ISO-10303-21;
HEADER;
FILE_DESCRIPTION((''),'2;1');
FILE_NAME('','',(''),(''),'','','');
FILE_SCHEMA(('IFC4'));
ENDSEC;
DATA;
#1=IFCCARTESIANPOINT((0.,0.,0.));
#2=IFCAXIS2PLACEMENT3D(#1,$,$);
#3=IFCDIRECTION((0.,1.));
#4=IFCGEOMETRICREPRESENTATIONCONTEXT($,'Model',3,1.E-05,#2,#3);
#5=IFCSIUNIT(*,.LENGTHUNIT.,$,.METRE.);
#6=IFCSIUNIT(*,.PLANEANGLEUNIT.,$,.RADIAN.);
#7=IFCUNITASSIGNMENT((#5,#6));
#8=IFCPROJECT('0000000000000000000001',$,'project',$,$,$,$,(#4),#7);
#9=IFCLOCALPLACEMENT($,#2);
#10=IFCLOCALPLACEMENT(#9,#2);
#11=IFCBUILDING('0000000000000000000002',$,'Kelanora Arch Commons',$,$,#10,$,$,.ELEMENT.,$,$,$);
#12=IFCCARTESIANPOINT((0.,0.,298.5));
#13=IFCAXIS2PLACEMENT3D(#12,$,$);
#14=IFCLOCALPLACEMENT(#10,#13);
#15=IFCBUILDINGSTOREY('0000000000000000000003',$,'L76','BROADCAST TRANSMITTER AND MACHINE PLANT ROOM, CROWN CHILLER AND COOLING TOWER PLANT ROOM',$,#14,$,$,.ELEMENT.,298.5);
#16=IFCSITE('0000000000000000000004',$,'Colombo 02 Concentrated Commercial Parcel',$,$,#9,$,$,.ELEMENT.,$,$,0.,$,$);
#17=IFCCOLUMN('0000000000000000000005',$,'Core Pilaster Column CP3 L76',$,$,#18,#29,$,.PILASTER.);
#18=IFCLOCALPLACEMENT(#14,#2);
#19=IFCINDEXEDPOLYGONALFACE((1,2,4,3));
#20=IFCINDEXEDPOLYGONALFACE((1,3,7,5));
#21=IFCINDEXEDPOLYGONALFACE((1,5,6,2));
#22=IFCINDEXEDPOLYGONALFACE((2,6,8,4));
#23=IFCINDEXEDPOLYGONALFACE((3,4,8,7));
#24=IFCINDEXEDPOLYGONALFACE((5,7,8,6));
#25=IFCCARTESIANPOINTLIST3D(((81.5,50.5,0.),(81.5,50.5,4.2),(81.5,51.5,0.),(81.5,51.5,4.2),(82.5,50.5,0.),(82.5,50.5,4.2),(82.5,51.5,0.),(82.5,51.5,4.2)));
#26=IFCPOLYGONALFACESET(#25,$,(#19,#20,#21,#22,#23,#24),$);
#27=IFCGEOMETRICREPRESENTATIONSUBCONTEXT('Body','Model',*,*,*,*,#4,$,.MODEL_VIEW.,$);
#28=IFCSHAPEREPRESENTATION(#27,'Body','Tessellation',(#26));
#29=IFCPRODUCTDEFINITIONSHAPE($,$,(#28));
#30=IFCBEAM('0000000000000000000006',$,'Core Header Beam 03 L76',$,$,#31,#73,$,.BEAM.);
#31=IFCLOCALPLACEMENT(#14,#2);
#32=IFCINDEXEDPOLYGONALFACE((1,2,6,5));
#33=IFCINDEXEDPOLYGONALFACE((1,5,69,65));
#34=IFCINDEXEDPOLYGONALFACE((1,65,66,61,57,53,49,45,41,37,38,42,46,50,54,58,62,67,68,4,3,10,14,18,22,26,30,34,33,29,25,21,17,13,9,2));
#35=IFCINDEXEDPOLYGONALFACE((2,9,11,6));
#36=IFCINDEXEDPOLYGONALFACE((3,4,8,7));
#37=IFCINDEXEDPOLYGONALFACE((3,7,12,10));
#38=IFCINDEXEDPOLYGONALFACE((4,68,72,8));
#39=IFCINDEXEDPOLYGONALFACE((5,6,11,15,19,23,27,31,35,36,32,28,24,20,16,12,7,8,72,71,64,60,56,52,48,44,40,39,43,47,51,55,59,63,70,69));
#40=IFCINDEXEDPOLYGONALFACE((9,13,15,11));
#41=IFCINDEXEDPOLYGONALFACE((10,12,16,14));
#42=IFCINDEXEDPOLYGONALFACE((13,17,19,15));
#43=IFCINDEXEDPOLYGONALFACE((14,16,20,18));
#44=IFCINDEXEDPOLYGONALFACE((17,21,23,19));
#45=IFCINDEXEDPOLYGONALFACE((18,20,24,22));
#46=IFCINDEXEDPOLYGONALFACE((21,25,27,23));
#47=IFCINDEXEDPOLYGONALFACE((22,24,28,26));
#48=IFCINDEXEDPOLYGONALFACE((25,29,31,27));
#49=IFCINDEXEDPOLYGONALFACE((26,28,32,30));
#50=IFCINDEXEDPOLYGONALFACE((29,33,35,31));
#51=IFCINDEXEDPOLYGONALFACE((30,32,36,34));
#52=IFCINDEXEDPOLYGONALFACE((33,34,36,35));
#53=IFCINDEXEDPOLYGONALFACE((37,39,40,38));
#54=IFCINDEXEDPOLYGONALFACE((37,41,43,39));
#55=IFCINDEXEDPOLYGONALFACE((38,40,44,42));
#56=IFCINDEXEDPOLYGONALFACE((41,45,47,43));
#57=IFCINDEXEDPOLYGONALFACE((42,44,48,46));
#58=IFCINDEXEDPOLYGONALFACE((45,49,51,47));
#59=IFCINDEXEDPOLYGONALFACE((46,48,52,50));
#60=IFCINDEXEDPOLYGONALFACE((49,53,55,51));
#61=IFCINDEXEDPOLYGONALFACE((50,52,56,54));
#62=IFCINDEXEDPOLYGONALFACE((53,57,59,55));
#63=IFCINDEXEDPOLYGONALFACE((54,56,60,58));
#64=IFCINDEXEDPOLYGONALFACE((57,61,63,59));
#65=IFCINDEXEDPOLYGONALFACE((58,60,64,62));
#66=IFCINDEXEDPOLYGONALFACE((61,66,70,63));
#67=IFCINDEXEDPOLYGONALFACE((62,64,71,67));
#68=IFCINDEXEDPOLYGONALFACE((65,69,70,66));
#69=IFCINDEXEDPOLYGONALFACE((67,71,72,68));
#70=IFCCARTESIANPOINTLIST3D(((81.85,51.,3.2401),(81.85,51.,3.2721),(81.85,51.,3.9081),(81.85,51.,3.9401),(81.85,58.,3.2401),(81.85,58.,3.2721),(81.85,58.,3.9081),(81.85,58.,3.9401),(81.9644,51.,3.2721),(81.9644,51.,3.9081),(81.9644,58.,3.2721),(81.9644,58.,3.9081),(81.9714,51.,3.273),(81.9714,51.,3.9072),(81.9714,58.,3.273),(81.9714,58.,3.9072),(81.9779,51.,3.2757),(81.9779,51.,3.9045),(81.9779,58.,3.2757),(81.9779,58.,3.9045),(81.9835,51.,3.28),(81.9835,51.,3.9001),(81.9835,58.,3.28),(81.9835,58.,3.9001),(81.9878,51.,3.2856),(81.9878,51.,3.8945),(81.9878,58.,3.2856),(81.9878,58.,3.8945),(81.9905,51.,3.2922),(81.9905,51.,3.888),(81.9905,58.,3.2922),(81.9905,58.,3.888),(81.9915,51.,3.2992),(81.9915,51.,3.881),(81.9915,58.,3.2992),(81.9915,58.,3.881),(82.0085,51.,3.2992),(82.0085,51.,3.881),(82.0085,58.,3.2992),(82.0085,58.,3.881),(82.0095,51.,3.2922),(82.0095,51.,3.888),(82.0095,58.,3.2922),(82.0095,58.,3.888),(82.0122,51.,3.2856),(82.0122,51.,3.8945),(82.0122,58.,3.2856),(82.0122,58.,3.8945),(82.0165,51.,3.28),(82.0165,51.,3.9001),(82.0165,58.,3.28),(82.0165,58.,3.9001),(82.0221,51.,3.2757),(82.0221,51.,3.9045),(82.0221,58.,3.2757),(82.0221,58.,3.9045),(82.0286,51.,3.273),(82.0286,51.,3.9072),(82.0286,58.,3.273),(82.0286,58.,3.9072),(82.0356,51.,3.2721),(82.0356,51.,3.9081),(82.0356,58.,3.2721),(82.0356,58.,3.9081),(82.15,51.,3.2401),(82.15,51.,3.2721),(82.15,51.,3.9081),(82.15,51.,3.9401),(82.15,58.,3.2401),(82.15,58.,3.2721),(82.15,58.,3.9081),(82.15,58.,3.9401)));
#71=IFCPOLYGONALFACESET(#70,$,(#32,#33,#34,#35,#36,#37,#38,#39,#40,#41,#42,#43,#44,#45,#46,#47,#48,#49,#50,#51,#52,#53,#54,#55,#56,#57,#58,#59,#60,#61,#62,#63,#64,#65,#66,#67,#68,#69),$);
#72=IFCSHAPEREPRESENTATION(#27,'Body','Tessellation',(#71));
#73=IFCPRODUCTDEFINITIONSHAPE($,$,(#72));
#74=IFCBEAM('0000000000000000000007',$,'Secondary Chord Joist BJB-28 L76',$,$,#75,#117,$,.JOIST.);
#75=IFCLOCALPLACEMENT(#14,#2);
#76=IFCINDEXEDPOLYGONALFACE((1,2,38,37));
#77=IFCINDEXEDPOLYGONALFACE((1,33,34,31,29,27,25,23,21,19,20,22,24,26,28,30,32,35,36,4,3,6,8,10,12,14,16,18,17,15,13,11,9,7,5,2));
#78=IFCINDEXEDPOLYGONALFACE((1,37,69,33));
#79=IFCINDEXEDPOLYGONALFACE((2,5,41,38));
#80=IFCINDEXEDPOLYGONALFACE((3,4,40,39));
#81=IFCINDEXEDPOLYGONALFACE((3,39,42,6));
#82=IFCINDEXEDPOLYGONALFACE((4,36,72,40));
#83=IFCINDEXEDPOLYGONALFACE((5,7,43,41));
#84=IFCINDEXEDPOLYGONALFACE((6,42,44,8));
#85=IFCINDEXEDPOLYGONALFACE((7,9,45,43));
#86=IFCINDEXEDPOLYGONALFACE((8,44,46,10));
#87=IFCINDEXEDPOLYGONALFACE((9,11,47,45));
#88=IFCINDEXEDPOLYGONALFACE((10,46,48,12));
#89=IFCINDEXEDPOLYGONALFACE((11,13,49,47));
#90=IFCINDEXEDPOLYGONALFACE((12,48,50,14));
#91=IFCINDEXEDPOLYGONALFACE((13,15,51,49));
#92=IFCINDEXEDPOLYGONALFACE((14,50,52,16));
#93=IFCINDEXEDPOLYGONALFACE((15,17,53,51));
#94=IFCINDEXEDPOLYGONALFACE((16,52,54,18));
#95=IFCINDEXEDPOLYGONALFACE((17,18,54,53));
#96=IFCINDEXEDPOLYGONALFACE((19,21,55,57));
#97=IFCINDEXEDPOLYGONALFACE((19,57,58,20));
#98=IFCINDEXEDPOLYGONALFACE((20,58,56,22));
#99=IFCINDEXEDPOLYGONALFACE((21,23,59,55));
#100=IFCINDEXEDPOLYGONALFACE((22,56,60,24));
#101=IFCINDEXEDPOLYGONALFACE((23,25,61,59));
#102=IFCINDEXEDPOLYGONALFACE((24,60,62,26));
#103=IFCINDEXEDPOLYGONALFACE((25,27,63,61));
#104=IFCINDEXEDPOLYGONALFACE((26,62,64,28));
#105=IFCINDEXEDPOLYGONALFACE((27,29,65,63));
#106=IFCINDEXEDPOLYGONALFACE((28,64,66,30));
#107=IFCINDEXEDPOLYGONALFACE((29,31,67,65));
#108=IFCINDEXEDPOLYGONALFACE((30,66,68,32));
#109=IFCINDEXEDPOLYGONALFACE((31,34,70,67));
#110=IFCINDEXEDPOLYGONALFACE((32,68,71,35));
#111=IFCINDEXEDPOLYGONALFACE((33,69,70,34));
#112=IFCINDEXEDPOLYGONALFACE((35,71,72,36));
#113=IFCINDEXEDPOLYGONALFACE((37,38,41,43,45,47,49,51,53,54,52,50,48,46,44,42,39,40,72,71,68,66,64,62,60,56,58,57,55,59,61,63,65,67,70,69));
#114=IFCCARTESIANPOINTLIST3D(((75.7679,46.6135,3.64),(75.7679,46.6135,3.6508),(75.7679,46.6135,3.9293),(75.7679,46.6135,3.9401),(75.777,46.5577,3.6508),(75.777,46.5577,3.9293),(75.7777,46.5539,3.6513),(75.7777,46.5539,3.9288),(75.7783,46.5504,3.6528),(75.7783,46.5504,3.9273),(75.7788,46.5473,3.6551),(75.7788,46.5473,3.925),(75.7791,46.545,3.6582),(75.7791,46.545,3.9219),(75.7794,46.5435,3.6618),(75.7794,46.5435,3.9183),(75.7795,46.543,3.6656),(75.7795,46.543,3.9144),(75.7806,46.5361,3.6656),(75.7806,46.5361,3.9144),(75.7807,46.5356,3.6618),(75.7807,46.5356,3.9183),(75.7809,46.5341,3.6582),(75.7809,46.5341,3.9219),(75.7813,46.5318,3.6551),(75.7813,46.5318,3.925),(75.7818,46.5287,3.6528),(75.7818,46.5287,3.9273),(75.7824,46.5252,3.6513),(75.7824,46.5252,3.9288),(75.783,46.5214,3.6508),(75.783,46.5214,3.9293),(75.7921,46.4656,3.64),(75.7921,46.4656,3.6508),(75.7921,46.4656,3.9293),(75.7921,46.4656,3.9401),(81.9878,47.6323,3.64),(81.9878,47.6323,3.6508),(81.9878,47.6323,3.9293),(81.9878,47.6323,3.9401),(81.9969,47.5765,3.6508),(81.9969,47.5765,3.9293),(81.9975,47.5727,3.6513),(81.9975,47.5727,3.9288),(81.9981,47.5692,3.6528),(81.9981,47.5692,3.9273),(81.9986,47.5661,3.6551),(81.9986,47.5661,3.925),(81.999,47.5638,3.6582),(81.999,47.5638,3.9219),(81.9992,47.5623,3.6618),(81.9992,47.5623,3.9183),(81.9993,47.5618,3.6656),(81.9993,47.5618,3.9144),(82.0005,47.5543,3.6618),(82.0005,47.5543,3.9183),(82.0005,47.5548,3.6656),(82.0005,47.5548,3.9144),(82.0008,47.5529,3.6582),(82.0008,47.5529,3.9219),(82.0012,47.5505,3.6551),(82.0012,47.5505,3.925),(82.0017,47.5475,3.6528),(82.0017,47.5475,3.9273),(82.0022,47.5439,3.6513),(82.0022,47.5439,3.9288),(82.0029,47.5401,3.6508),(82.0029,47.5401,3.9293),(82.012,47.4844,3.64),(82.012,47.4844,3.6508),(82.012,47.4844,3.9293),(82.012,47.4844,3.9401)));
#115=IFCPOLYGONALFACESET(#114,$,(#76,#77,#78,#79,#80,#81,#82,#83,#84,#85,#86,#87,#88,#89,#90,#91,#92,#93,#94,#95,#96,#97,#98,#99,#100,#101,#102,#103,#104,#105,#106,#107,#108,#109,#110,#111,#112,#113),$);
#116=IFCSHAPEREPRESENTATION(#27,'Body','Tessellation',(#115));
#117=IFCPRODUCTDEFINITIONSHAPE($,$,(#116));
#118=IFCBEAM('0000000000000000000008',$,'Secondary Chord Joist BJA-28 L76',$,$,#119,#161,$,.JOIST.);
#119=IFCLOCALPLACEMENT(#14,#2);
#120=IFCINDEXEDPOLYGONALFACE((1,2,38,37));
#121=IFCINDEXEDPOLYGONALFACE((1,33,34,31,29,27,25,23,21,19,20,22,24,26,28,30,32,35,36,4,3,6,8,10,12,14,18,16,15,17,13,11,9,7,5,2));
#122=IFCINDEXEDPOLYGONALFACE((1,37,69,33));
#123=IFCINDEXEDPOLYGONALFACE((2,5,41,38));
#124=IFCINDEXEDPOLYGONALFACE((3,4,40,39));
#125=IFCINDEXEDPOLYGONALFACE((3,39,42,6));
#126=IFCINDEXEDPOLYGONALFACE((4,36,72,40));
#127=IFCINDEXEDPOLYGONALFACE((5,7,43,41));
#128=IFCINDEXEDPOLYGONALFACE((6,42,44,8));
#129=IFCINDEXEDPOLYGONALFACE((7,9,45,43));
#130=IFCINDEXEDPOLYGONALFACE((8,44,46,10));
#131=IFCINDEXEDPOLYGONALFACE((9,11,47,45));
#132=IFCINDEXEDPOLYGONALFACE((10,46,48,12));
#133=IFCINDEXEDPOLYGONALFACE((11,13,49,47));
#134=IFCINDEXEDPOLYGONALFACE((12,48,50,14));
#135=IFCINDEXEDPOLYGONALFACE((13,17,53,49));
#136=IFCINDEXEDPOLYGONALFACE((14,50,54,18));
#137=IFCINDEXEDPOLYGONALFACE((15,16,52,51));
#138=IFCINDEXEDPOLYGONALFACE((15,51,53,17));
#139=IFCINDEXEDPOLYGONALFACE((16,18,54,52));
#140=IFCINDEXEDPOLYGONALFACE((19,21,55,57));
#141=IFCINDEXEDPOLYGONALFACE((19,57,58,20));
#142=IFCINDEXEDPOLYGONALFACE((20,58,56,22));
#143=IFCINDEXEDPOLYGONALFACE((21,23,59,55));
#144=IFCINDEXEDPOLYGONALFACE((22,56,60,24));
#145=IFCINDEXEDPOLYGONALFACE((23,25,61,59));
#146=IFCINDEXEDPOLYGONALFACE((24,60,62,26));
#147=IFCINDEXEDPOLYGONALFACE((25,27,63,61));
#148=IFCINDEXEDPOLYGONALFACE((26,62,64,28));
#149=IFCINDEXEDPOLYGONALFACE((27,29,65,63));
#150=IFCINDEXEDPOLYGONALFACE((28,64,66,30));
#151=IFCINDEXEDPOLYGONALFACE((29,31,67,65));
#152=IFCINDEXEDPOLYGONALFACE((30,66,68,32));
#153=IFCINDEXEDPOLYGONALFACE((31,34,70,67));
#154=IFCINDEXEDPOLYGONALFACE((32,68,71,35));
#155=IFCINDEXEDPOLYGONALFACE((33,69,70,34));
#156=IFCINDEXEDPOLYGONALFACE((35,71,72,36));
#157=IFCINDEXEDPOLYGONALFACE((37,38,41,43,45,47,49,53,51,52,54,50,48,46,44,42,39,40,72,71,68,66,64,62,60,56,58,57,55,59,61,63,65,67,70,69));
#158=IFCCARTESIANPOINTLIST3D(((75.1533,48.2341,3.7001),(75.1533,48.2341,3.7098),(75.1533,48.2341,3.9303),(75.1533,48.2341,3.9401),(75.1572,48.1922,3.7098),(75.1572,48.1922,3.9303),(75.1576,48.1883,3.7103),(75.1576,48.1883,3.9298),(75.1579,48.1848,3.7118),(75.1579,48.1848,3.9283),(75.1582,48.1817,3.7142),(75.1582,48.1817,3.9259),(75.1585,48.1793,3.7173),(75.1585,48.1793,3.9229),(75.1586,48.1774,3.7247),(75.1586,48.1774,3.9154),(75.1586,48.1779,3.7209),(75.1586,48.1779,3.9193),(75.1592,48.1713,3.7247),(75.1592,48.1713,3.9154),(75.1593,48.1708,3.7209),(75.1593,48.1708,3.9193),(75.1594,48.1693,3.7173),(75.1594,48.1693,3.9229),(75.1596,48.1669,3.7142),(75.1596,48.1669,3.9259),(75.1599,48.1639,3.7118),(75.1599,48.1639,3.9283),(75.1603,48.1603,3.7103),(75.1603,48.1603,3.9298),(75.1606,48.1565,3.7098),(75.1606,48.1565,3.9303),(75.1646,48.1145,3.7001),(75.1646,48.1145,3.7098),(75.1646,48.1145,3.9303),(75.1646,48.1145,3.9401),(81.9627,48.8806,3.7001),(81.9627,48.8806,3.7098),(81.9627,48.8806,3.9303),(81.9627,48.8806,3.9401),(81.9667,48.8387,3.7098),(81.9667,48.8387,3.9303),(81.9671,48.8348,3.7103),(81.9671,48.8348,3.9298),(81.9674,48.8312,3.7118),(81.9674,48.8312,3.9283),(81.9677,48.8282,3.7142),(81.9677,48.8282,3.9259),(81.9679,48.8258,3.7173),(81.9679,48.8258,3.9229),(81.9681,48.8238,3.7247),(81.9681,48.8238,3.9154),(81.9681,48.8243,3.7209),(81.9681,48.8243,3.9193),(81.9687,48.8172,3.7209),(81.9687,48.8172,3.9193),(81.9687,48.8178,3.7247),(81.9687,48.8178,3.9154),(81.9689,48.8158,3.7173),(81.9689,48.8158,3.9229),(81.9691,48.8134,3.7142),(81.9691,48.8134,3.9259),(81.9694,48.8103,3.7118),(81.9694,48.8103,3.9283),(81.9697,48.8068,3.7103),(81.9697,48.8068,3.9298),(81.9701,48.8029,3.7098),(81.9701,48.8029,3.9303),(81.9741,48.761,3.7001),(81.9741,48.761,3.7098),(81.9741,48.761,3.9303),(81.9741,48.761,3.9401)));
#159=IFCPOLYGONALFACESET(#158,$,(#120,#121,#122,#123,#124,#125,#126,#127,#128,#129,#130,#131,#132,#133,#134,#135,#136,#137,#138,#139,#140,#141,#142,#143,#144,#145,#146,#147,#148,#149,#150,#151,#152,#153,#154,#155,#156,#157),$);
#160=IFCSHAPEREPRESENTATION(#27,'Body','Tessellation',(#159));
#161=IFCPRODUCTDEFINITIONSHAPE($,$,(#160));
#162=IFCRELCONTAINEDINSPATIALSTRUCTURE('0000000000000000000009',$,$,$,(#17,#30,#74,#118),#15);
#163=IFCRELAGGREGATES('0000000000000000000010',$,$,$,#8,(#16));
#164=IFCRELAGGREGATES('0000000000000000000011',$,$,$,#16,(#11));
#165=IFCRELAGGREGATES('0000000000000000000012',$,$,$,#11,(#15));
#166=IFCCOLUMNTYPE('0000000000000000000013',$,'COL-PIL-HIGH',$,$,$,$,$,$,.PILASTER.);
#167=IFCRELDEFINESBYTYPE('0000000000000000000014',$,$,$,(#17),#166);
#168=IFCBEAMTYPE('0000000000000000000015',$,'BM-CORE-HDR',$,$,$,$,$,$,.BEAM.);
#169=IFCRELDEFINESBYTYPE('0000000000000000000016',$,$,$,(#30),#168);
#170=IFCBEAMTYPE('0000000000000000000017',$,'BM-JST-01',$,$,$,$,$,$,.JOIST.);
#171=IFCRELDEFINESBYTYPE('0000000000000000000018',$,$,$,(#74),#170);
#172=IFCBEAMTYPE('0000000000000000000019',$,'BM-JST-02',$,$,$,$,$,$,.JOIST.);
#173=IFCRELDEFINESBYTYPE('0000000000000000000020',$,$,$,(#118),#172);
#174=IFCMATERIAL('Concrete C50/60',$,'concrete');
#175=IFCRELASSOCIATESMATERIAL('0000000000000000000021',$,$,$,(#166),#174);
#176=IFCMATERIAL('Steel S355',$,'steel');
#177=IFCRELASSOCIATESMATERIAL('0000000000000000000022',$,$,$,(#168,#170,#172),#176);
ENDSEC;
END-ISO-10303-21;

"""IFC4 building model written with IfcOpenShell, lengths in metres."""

from ifc_helpers import new_model, si_unit, direction, frame, origin, origin_2d, place, context, subcontext, project, spatial, rectangle, i_section, extrude, material, material_profile, profile_set, type_object, element, save


model = new_model("IFC4")

# Units and contexts
model_context = context("Model", 3, precision=1e-05, world=origin(), true_north=direction((0.0, 1.0)))
body_context = subcontext(model_context, "Body", "Model", "MODEL_VIEW")
ifc_project = project(units=[si_unit("LENGTHUNIT", "METRE"), si_unit("PLANEANGLEUNIT", "RADIAN")], contexts=[model_context])

# Site, building, storey
site_placement = place(None, origin())
site = spatial("IfcSite", under=ifc_project, at=site_placement, Name="Colombo 02 Concentrated Commercial Parcel", CompositionType="ELEMENT", RefElevation=0.0)
building_placement = place(site_placement, origin())
building = spatial("IfcBuilding", under=site, at=building_placement, Name="Kelanora Arch Commons", CompositionType="ELEMENT")
storey_placement = place(building_placement, frame((0.0, 0.0, 298.5)))
storey = spatial("IfcBuildingStorey", under=building, at=storey_placement, Name="L76", Description="BROADCAST TRANSMITTER AND MACHINE PLANT ROOM, CROWN CHILLER AND COOLING TOWER PLANT ROOM", CompositionType="ELEMENT", Elevation=298.5)

# Column
ifc_material_1 = material(Name="Concrete C50/60", Category="concrete")
ifc_material_profile_1 = material_profile(ifc_material_1, rectangle(XDim=1.0, YDim=1.0, at=origin_2d()), Name="RC1000x1000")
ifc_profile_set_1 = profile_set([ifc_material_profile_1], Name="Concrete C50/60")
column_type = type_object("IfcColumnType", Name="COL-PIL-HIGH", PredefinedType="PILASTER", material=ifc_profile_set_1)
column_placement = place(storey_placement, frame((82.0, 51.0, 0.0), z_axis=(0.0, 0.0, 1.0), x_axis=(1.0, 0.0, 0.0)))
element("IfcColumn", 1, at=column_placement, inside=storey, type_object=column_type, Name="Core Pilaster Column CP3 L76", PredefinedType="PILASTER", context=body_context, shape_type="SweptSolid", body=[
    extrude(rectangle(XDim=1.0, YDim=1.0, at=origin_2d()), origin(), (0.0, 0.0, 1.0), 4.2),
])

# Beams
ifc_material_2 = material(Name="Steel S355", Category="steel")
ifc_material_profile_2 = material_profile(ifc_material_2, i_section(OverallWidth=0.3, OverallDepth=0.7, WebThickness=0.0171, FlangeThickness=0.032, FilletRadius=0.0271, at=origin_2d()), Name="HEB700")
ifc_profile_set_2 = profile_set([ifc_material_profile_2], Name="Steel S355")
beam_type_1 = type_object("IfcBeamType", Name="BM-CORE-HDR", PredefinedType="BEAM", material=ifc_profile_set_2)
beam_1_placement = place(storey_placement, frame((82.0, 51.0, 3.5901), z_axis=(0.0, 1.0, 0.0), x_axis=(-1.0, 0.0, 0.0)))
element("IfcBeam", 2, at=beam_1_placement, inside=storey, type_object=beam_type_1, Name="Core Header Beam 03 L76", PredefinedType="BEAM", context=body_context, shape_type="SweptSolid", body=[
    extrude(i_section(OverallWidth=0.3, OverallDepth=0.7, WebThickness=0.0171, FlangeThickness=0.032, FilletRadius=0.0271, at=origin_2d()), origin(), (0.0, 0.0, 1.0), 7.0),
])
ifc_material_profile_3 = material_profile(ifc_material_2, i_section(OverallWidth=0.1499, OverallDepth=0.3, WebThickness=0.0071, FlangeThickness=0.0107, FilletRadius=0.0149, at=origin_2d()), Name="IPE300")
ifc_profile_set_3 = profile_set([ifc_material_profile_3], Name="Steel S355")
beam_type_2 = type_object("IfcBeamType", Name="BM-JST-01", PredefinedType="JOIST", material=ifc_profile_set_3)
beam_2_placement = place(storey_placement, frame((75.78, 46.5396, 3.79), z_axis=(0.98685, 0.161641, 0.0), x_axis=(-0.161641, 0.98685, 0.0)))
element("IfcBeam", 3, at=beam_2_placement, inside=storey, type_object=beam_type_2, Name="Secondary Chord Joist BJB-28 L76", PredefinedType="JOIST", context=body_context, shape_type="SweptSolid", body=[
    extrude(i_section(OverallWidth=0.1499, OverallDepth=0.3, WebThickness=0.0071, FlangeThickness=0.0107, FilletRadius=0.0149, at=origin_2d()), origin(), (0.0, 0.0, 1.0), 6.3027),
])
ifc_material_profile_4 = material_profile(ifc_material_2, i_section(OverallWidth=0.1201, OverallDepth=0.24, WebThickness=0.0061, FlangeThickness=0.0098, FilletRadius=0.0149, at=origin_2d()), Name="IPE240")
ifc_profile_set_4 = profile_set([ifc_material_profile_4], Name="Steel S355")
beam_type_3 = type_object("IfcBeamType", Name="BM-JST-02", PredefinedType="JOIST", material=ifc_profile_set_4)
beam_3_placement = place(storey_placement, frame((75.1589, 48.1743, 3.8201), z_axis=(0.995524, 0.094513, 0.0), x_axis=(-0.094513, 0.995524, 0.0)))
element("IfcBeam", 4, at=beam_3_placement, inside=storey, type_object=beam_type_3, Name="Secondary Chord Joist BJA-28 L76", PredefinedType="JOIST", context=body_context, shape_type="SweptSolid", body=[
    extrude(i_section(OverallWidth=0.1201, OverallDepth=0.24, WebThickness=0.0061, FlangeThickness=0.0098, FilletRadius=0.0149, at=origin_2d()), origin(), (0.0, 0.0, 1.0), 6.8401),
])

save(model, "model.ifc")
